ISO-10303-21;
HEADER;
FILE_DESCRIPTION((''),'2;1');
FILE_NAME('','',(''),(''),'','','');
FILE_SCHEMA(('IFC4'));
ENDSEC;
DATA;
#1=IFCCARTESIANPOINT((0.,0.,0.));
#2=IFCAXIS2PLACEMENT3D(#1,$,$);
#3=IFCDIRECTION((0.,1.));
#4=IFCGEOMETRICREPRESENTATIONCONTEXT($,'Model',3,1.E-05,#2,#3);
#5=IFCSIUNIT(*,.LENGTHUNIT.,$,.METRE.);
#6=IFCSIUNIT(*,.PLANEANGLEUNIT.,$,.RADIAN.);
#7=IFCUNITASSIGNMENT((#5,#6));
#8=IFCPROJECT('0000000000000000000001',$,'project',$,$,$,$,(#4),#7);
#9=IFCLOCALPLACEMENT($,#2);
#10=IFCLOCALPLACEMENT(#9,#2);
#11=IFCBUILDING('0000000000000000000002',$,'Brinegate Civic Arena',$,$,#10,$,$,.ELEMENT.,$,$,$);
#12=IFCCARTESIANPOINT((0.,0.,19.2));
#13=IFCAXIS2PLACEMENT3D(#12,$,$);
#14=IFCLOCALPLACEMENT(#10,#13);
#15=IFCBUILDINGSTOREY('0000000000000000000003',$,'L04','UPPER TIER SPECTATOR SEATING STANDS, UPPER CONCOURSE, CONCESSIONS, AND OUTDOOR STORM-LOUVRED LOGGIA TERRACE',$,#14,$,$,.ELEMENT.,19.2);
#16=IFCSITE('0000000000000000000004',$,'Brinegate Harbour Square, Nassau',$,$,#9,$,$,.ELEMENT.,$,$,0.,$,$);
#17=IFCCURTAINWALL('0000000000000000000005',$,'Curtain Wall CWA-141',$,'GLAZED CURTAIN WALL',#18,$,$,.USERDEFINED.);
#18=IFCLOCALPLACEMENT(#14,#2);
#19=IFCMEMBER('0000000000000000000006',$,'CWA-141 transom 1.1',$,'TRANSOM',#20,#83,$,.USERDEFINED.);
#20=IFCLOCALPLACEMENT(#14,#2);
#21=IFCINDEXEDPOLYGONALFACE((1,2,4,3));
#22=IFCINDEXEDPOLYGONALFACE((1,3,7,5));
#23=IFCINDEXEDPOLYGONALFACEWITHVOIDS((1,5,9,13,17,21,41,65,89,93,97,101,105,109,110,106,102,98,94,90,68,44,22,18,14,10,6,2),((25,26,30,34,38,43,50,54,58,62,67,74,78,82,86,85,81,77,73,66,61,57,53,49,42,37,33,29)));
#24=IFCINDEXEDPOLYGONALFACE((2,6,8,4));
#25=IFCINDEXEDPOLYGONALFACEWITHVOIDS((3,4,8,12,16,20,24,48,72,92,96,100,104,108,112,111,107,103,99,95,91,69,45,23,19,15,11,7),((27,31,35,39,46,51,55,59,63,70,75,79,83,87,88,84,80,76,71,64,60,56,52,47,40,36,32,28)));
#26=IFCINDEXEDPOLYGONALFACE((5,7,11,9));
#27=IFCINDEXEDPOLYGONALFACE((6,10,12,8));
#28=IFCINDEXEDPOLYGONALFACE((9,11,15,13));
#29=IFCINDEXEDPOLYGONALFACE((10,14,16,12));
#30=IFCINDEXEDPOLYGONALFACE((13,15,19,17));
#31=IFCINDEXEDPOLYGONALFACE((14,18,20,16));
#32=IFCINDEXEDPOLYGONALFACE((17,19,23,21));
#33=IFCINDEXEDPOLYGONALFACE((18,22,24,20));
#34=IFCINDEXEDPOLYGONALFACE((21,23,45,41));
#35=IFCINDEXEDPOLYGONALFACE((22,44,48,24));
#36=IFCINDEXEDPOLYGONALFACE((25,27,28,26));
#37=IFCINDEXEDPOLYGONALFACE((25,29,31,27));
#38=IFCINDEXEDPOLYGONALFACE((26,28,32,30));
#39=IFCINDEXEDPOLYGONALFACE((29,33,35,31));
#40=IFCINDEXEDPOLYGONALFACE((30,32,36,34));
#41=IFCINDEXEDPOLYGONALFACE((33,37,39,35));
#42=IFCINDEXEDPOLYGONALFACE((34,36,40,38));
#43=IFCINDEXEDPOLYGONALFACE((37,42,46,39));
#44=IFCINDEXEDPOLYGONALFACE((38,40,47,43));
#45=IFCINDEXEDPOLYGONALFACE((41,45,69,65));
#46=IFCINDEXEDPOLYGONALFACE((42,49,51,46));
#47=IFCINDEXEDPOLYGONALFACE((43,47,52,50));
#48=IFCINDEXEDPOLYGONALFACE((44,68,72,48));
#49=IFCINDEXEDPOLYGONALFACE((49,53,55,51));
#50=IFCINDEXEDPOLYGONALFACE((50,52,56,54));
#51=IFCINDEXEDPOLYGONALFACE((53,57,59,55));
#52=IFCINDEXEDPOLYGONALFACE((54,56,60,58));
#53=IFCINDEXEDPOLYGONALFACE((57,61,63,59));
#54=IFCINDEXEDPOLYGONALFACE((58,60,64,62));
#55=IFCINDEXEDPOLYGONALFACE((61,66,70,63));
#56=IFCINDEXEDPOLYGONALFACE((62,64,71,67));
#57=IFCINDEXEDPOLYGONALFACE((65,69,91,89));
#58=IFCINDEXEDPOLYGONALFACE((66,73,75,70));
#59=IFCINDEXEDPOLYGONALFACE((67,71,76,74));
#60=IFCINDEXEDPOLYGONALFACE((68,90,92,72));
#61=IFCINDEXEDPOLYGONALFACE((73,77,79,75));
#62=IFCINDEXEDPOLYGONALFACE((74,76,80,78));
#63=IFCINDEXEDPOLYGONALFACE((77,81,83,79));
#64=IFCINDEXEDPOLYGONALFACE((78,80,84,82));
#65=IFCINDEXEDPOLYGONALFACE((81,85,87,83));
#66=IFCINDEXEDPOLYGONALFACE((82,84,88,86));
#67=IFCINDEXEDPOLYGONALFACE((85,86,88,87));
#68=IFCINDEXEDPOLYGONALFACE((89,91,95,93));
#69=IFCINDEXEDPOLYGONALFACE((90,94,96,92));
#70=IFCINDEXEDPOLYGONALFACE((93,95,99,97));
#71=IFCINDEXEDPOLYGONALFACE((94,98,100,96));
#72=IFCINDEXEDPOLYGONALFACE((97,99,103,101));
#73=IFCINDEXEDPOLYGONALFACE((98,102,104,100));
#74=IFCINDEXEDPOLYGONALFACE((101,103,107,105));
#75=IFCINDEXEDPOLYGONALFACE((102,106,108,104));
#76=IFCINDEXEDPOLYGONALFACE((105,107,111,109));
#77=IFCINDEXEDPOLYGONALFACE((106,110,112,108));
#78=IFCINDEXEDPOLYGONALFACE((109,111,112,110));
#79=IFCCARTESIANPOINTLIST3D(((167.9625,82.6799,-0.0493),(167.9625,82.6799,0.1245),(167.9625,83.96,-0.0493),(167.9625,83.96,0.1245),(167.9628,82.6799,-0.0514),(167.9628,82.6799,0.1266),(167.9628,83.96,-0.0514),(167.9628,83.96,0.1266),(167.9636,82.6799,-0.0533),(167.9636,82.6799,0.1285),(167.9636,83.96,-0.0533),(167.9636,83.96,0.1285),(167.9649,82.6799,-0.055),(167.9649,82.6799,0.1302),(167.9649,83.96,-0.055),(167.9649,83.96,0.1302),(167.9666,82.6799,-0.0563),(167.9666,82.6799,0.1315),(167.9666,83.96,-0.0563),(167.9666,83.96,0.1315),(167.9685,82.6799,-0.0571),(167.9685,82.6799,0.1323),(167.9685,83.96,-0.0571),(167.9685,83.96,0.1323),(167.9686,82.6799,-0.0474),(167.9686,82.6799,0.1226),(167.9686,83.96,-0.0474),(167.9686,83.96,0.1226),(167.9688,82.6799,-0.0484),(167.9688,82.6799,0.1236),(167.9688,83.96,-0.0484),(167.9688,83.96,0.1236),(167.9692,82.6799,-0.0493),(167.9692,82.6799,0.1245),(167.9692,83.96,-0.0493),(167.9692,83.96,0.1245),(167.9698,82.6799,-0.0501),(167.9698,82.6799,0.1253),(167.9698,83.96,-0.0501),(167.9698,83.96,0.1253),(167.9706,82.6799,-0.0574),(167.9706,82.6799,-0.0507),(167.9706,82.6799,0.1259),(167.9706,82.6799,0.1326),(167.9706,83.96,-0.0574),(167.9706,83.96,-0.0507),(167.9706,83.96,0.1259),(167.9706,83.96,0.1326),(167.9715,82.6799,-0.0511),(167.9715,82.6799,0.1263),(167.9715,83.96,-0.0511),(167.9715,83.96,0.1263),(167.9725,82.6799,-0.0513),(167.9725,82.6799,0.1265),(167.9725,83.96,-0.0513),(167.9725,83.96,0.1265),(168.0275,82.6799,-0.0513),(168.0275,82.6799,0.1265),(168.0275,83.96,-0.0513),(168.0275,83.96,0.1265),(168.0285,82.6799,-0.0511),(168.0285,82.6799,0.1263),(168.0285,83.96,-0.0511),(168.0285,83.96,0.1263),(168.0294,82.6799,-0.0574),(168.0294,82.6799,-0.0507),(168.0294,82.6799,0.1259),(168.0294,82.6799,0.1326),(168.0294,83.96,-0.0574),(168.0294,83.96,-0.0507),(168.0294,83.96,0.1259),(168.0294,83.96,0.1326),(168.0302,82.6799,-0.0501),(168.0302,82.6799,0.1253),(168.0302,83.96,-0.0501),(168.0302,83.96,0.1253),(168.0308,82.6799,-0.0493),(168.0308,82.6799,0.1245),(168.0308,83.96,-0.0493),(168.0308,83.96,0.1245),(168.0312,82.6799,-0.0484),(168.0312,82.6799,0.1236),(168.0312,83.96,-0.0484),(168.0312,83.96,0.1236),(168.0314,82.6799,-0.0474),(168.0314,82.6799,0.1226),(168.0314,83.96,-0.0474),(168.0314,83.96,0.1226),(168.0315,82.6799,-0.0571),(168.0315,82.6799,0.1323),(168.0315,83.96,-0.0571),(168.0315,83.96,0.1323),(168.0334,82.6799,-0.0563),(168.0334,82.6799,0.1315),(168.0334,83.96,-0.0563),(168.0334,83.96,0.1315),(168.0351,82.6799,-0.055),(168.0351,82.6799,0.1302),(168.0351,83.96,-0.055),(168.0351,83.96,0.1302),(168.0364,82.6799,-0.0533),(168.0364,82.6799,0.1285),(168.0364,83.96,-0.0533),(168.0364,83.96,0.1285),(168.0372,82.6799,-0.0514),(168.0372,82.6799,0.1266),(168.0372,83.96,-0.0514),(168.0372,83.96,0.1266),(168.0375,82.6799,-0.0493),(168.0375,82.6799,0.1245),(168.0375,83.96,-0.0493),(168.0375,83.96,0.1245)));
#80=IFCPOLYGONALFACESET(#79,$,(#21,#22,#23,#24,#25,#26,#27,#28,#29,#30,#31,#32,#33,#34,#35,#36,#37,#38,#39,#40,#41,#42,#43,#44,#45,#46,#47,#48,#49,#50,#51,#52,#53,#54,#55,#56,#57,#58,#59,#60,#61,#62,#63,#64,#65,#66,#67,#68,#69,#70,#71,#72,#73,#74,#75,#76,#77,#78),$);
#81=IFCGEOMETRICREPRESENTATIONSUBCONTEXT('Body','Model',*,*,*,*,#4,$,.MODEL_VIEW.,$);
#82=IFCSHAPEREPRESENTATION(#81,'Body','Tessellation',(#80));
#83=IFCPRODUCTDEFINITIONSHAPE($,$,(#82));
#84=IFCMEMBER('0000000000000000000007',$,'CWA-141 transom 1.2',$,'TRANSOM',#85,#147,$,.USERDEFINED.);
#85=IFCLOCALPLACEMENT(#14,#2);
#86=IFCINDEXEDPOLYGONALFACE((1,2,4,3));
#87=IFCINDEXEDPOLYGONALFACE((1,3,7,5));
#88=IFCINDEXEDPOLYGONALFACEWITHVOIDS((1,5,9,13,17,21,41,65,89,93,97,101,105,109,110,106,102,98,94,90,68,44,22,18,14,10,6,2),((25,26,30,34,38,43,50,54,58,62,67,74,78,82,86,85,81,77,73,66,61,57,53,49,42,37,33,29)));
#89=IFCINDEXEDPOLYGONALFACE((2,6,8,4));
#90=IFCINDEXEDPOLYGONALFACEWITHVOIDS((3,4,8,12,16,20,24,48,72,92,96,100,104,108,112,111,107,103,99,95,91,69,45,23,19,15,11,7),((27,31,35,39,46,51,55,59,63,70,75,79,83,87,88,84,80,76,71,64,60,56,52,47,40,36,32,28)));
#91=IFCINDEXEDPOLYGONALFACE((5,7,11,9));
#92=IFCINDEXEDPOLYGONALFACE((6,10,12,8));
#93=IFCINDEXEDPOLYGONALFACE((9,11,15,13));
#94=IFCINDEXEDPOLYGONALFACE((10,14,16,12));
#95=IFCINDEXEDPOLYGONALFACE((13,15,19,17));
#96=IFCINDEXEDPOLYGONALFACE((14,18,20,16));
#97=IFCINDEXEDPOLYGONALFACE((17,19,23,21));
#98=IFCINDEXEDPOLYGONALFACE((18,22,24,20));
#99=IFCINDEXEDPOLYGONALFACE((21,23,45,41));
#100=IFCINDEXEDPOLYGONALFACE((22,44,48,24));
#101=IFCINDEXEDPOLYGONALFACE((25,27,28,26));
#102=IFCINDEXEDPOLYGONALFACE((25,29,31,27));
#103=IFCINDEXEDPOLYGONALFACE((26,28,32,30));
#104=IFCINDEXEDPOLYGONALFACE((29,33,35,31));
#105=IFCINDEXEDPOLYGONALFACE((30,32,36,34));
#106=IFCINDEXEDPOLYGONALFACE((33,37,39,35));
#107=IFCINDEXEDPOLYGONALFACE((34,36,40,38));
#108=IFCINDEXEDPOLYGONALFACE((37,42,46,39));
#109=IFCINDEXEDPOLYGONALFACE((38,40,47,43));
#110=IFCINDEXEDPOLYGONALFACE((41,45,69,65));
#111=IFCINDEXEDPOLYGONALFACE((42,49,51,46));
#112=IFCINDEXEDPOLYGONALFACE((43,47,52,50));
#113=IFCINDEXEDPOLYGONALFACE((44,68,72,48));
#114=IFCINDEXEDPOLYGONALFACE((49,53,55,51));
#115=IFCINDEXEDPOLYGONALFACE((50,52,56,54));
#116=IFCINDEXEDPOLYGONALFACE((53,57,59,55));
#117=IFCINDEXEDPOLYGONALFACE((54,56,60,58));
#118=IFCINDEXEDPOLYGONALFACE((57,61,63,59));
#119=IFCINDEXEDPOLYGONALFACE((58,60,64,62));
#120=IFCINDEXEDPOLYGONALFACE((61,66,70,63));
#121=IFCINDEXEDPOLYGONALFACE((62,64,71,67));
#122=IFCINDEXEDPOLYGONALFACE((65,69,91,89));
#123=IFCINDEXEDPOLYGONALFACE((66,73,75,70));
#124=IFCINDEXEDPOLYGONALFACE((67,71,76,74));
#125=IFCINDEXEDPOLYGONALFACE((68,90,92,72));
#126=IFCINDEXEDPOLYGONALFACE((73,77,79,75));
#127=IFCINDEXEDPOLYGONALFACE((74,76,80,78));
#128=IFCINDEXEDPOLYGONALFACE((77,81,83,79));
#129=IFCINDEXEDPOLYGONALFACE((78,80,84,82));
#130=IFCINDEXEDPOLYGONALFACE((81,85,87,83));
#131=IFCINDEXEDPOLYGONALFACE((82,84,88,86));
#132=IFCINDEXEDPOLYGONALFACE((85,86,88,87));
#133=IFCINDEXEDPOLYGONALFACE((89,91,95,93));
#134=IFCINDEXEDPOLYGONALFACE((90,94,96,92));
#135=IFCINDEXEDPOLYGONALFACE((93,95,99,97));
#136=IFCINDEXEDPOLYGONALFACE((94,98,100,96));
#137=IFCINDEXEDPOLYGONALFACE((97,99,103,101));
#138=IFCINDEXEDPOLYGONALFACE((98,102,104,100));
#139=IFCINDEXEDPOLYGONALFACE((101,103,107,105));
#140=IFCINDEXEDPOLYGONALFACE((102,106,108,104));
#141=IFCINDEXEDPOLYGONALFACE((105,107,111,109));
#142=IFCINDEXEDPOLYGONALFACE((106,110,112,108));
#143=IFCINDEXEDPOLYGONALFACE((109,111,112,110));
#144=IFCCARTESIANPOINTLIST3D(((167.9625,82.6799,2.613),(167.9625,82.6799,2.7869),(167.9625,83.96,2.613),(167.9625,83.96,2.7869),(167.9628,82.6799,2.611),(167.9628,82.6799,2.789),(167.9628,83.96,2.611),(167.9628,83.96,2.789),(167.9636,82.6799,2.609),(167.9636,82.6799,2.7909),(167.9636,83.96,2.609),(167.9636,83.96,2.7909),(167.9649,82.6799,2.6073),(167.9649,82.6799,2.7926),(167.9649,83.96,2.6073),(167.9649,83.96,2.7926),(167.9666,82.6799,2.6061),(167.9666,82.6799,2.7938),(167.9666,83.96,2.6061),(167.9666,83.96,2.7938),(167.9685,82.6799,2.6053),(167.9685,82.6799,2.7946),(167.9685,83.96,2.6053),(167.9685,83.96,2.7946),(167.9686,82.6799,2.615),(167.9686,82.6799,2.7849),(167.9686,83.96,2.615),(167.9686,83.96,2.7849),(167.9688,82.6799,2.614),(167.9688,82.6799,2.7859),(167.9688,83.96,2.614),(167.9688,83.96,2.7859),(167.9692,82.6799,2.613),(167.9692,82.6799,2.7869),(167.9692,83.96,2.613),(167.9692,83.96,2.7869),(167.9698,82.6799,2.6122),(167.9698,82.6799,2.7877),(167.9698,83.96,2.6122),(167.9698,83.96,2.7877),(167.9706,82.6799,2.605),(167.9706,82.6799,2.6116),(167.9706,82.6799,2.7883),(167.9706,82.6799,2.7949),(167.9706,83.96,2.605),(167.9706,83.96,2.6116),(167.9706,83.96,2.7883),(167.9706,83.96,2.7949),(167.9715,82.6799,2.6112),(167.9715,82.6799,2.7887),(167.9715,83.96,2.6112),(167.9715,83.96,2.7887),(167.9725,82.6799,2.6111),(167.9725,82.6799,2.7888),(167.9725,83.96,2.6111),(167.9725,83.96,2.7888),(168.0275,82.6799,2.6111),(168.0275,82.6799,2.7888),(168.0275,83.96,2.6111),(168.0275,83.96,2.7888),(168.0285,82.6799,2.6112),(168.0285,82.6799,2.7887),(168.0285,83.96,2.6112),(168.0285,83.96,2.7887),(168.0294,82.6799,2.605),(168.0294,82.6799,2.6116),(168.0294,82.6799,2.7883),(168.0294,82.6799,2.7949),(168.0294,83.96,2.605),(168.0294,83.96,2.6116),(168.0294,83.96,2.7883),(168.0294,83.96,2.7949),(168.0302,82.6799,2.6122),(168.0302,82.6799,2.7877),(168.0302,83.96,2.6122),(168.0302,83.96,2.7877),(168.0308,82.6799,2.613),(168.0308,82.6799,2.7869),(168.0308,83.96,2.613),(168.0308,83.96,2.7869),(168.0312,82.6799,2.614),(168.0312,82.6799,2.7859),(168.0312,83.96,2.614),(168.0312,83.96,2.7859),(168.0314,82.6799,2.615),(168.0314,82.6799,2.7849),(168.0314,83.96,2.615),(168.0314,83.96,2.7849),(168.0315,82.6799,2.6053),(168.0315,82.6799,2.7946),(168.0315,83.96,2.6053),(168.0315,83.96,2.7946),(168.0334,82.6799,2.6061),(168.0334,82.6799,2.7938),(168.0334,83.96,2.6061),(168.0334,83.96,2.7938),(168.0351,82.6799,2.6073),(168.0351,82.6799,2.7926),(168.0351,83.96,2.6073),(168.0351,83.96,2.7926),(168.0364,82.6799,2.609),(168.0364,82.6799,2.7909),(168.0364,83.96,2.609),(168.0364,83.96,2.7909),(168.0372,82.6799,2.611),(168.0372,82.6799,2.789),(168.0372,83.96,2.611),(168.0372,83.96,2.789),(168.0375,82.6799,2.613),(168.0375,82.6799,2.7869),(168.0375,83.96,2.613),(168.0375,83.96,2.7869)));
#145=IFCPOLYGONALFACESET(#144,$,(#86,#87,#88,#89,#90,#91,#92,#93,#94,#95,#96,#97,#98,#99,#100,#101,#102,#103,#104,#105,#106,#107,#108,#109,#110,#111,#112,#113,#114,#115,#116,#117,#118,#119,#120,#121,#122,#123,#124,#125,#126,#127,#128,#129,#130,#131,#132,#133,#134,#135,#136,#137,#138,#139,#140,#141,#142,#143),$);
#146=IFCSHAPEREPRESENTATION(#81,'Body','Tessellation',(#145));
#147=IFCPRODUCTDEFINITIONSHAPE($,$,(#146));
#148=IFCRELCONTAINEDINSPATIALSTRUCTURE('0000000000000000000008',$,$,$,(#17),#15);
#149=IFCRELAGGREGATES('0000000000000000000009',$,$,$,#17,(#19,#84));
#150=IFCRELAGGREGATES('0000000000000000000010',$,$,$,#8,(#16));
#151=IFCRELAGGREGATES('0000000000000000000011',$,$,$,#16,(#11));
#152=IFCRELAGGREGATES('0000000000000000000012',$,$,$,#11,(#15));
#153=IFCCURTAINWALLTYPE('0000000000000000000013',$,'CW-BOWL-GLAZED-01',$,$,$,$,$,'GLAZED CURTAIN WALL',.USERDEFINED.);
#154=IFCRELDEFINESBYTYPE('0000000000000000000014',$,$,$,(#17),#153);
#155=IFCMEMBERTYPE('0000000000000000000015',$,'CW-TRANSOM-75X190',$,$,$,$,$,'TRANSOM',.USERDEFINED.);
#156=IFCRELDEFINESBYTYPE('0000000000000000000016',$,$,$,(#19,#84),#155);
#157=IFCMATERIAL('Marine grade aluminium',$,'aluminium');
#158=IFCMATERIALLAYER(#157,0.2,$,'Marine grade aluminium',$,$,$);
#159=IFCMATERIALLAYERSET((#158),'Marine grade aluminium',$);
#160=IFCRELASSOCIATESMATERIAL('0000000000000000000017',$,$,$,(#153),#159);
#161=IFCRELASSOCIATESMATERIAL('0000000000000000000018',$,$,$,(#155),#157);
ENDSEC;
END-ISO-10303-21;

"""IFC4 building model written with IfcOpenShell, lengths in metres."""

from ifc_helpers import new_model, si_unit, direction, frame, origin, origin_2d, place, context, subcontext, project, spatial, hollow_rectangle, extrude, material, layer, layer_set, material_profile, profile_set, type_object, element, aggregate, save


model = new_model("IFC4")

# Units and contexts
model_context = context("Model", 3, precision=1e-05, world=origin(), true_north=direction((0.0, 1.0)))
body_context = subcontext(model_context, "Body", "Model", "MODEL_VIEW")
ifc_project = project(units=[si_unit("LENGTHUNIT", "METRE"), si_unit("PLANEANGLEUNIT", "RADIAN")], contexts=[model_context])

# Site, building, storey
site_placement = place(None, origin())
site = spatial("IfcSite", under=ifc_project, at=site_placement, Name="Brinegate Harbour Square, Nassau", CompositionType="ELEMENT", RefElevation=0.0)
building_placement = place(site_placement, origin())
building = spatial("IfcBuilding", under=site, at=building_placement, Name="Brinegate Civic Arena", CompositionType="ELEMENT")
storey_placement = place(building_placement, frame((0.0, 0.0, 19.2)))
storey = spatial("IfcBuildingStorey", under=building, at=storey_placement, Name="L04", Description="UPPER TIER SPECTATOR SEATING STANDS, UPPER CONCOURSE, CONCESSIONS, AND OUTDOOR STORM-LOUVRED LOGGIA TERRACE", CompositionType="ELEMENT", Elevation=19.2)

# Curtain wall, members
ifc_material_1 = material(Name="Marine grade aluminium", Category="aluminium")
ifc_layer_1 = layer(ifc_material_1, 0.2, Name="Marine grade aluminium")
ifc_layer_set_1 = layer_set([ifc_layer_1], Name="Marine grade aluminium")
curtain_wall_type = type_object("IfcCurtainWallType", Name="CW-BOWL-GLAZED-01", ElementType="GLAZED CURTAIN WALL", PredefinedType="USERDEFINED", material=ifc_layer_set_1)
curtain_wall_placement = place(storey_placement, origin())
curtain_wall = element("IfcCurtainWall", 1, at=curtain_wall_placement, inside=storey, type_object=curtain_wall_type, Name="Curtain Wall CWA-141", ObjectType="GLAZED CURTAIN WALL", PredefinedType="USERDEFINED")
ifc_material_profile_1 = material_profile(ifc_material_1, hollow_rectangle(XDim=0.075, YDim=0.1899, WallThickness=0.0061, InnerFilletRadius=0.0039, OuterFilletRadius=0.0081, at=origin_2d()), Name="TRN75X190")
ifc_profile_set_1 = profile_set([ifc_material_profile_1], Name="Marine grade aluminium")
member_type_1 = type_object("IfcMemberType", Name="CW-TRANSOM-75X190", ElementType="TRANSOM", PredefinedType="USERDEFINED", material=ifc_profile_set_1)
member_1_placement = place(storey_placement, frame((168.0, 82.6799, 0.0376), z_axis=(0.0, 1.0, 0.0), x_axis=(-1.0, 0.0, 0.0)))
member_1 = element("IfcMember", 2, at=member_1_placement, type_object=member_type_1, Name="CWA-141 transom 1.1", ObjectType="TRANSOM", PredefinedType="USERDEFINED", context=body_context, shape_type="SweptSolid", body=[
    extrude(hollow_rectangle(XDim=0.075, YDim=0.1899, WallThickness=0.0061, InnerFilletRadius=0.0039, OuterFilletRadius=0.0081, at=origin_2d()), origin(), (0.0, 0.0, 1.0), 1.28),
])
member_2_placement = place(storey_placement, frame((168.0, 82.6799, 2.7), z_axis=(0.0, 1.0, 0.0), x_axis=(-1.0, 0.0, 0.0)))
member_2 = element("IfcMember", 3, at=member_2_placement, type_object=member_type_1, Name="CWA-141 transom 1.2", ObjectType="TRANSOM", PredefinedType="USERDEFINED", context=body_context, shape_type="SweptSolid", body=[
    extrude(hollow_rectangle(XDim=0.075, YDim=0.1899, WallThickness=0.0061, InnerFilletRadius=0.0039, OuterFilletRadius=0.0081, at=origin_2d()), origin(), (0.0, 0.0, 1.0), 1.28),
])

aggregate(curtain_wall, [member_1, member_2])

save(model, "model.ifc")
